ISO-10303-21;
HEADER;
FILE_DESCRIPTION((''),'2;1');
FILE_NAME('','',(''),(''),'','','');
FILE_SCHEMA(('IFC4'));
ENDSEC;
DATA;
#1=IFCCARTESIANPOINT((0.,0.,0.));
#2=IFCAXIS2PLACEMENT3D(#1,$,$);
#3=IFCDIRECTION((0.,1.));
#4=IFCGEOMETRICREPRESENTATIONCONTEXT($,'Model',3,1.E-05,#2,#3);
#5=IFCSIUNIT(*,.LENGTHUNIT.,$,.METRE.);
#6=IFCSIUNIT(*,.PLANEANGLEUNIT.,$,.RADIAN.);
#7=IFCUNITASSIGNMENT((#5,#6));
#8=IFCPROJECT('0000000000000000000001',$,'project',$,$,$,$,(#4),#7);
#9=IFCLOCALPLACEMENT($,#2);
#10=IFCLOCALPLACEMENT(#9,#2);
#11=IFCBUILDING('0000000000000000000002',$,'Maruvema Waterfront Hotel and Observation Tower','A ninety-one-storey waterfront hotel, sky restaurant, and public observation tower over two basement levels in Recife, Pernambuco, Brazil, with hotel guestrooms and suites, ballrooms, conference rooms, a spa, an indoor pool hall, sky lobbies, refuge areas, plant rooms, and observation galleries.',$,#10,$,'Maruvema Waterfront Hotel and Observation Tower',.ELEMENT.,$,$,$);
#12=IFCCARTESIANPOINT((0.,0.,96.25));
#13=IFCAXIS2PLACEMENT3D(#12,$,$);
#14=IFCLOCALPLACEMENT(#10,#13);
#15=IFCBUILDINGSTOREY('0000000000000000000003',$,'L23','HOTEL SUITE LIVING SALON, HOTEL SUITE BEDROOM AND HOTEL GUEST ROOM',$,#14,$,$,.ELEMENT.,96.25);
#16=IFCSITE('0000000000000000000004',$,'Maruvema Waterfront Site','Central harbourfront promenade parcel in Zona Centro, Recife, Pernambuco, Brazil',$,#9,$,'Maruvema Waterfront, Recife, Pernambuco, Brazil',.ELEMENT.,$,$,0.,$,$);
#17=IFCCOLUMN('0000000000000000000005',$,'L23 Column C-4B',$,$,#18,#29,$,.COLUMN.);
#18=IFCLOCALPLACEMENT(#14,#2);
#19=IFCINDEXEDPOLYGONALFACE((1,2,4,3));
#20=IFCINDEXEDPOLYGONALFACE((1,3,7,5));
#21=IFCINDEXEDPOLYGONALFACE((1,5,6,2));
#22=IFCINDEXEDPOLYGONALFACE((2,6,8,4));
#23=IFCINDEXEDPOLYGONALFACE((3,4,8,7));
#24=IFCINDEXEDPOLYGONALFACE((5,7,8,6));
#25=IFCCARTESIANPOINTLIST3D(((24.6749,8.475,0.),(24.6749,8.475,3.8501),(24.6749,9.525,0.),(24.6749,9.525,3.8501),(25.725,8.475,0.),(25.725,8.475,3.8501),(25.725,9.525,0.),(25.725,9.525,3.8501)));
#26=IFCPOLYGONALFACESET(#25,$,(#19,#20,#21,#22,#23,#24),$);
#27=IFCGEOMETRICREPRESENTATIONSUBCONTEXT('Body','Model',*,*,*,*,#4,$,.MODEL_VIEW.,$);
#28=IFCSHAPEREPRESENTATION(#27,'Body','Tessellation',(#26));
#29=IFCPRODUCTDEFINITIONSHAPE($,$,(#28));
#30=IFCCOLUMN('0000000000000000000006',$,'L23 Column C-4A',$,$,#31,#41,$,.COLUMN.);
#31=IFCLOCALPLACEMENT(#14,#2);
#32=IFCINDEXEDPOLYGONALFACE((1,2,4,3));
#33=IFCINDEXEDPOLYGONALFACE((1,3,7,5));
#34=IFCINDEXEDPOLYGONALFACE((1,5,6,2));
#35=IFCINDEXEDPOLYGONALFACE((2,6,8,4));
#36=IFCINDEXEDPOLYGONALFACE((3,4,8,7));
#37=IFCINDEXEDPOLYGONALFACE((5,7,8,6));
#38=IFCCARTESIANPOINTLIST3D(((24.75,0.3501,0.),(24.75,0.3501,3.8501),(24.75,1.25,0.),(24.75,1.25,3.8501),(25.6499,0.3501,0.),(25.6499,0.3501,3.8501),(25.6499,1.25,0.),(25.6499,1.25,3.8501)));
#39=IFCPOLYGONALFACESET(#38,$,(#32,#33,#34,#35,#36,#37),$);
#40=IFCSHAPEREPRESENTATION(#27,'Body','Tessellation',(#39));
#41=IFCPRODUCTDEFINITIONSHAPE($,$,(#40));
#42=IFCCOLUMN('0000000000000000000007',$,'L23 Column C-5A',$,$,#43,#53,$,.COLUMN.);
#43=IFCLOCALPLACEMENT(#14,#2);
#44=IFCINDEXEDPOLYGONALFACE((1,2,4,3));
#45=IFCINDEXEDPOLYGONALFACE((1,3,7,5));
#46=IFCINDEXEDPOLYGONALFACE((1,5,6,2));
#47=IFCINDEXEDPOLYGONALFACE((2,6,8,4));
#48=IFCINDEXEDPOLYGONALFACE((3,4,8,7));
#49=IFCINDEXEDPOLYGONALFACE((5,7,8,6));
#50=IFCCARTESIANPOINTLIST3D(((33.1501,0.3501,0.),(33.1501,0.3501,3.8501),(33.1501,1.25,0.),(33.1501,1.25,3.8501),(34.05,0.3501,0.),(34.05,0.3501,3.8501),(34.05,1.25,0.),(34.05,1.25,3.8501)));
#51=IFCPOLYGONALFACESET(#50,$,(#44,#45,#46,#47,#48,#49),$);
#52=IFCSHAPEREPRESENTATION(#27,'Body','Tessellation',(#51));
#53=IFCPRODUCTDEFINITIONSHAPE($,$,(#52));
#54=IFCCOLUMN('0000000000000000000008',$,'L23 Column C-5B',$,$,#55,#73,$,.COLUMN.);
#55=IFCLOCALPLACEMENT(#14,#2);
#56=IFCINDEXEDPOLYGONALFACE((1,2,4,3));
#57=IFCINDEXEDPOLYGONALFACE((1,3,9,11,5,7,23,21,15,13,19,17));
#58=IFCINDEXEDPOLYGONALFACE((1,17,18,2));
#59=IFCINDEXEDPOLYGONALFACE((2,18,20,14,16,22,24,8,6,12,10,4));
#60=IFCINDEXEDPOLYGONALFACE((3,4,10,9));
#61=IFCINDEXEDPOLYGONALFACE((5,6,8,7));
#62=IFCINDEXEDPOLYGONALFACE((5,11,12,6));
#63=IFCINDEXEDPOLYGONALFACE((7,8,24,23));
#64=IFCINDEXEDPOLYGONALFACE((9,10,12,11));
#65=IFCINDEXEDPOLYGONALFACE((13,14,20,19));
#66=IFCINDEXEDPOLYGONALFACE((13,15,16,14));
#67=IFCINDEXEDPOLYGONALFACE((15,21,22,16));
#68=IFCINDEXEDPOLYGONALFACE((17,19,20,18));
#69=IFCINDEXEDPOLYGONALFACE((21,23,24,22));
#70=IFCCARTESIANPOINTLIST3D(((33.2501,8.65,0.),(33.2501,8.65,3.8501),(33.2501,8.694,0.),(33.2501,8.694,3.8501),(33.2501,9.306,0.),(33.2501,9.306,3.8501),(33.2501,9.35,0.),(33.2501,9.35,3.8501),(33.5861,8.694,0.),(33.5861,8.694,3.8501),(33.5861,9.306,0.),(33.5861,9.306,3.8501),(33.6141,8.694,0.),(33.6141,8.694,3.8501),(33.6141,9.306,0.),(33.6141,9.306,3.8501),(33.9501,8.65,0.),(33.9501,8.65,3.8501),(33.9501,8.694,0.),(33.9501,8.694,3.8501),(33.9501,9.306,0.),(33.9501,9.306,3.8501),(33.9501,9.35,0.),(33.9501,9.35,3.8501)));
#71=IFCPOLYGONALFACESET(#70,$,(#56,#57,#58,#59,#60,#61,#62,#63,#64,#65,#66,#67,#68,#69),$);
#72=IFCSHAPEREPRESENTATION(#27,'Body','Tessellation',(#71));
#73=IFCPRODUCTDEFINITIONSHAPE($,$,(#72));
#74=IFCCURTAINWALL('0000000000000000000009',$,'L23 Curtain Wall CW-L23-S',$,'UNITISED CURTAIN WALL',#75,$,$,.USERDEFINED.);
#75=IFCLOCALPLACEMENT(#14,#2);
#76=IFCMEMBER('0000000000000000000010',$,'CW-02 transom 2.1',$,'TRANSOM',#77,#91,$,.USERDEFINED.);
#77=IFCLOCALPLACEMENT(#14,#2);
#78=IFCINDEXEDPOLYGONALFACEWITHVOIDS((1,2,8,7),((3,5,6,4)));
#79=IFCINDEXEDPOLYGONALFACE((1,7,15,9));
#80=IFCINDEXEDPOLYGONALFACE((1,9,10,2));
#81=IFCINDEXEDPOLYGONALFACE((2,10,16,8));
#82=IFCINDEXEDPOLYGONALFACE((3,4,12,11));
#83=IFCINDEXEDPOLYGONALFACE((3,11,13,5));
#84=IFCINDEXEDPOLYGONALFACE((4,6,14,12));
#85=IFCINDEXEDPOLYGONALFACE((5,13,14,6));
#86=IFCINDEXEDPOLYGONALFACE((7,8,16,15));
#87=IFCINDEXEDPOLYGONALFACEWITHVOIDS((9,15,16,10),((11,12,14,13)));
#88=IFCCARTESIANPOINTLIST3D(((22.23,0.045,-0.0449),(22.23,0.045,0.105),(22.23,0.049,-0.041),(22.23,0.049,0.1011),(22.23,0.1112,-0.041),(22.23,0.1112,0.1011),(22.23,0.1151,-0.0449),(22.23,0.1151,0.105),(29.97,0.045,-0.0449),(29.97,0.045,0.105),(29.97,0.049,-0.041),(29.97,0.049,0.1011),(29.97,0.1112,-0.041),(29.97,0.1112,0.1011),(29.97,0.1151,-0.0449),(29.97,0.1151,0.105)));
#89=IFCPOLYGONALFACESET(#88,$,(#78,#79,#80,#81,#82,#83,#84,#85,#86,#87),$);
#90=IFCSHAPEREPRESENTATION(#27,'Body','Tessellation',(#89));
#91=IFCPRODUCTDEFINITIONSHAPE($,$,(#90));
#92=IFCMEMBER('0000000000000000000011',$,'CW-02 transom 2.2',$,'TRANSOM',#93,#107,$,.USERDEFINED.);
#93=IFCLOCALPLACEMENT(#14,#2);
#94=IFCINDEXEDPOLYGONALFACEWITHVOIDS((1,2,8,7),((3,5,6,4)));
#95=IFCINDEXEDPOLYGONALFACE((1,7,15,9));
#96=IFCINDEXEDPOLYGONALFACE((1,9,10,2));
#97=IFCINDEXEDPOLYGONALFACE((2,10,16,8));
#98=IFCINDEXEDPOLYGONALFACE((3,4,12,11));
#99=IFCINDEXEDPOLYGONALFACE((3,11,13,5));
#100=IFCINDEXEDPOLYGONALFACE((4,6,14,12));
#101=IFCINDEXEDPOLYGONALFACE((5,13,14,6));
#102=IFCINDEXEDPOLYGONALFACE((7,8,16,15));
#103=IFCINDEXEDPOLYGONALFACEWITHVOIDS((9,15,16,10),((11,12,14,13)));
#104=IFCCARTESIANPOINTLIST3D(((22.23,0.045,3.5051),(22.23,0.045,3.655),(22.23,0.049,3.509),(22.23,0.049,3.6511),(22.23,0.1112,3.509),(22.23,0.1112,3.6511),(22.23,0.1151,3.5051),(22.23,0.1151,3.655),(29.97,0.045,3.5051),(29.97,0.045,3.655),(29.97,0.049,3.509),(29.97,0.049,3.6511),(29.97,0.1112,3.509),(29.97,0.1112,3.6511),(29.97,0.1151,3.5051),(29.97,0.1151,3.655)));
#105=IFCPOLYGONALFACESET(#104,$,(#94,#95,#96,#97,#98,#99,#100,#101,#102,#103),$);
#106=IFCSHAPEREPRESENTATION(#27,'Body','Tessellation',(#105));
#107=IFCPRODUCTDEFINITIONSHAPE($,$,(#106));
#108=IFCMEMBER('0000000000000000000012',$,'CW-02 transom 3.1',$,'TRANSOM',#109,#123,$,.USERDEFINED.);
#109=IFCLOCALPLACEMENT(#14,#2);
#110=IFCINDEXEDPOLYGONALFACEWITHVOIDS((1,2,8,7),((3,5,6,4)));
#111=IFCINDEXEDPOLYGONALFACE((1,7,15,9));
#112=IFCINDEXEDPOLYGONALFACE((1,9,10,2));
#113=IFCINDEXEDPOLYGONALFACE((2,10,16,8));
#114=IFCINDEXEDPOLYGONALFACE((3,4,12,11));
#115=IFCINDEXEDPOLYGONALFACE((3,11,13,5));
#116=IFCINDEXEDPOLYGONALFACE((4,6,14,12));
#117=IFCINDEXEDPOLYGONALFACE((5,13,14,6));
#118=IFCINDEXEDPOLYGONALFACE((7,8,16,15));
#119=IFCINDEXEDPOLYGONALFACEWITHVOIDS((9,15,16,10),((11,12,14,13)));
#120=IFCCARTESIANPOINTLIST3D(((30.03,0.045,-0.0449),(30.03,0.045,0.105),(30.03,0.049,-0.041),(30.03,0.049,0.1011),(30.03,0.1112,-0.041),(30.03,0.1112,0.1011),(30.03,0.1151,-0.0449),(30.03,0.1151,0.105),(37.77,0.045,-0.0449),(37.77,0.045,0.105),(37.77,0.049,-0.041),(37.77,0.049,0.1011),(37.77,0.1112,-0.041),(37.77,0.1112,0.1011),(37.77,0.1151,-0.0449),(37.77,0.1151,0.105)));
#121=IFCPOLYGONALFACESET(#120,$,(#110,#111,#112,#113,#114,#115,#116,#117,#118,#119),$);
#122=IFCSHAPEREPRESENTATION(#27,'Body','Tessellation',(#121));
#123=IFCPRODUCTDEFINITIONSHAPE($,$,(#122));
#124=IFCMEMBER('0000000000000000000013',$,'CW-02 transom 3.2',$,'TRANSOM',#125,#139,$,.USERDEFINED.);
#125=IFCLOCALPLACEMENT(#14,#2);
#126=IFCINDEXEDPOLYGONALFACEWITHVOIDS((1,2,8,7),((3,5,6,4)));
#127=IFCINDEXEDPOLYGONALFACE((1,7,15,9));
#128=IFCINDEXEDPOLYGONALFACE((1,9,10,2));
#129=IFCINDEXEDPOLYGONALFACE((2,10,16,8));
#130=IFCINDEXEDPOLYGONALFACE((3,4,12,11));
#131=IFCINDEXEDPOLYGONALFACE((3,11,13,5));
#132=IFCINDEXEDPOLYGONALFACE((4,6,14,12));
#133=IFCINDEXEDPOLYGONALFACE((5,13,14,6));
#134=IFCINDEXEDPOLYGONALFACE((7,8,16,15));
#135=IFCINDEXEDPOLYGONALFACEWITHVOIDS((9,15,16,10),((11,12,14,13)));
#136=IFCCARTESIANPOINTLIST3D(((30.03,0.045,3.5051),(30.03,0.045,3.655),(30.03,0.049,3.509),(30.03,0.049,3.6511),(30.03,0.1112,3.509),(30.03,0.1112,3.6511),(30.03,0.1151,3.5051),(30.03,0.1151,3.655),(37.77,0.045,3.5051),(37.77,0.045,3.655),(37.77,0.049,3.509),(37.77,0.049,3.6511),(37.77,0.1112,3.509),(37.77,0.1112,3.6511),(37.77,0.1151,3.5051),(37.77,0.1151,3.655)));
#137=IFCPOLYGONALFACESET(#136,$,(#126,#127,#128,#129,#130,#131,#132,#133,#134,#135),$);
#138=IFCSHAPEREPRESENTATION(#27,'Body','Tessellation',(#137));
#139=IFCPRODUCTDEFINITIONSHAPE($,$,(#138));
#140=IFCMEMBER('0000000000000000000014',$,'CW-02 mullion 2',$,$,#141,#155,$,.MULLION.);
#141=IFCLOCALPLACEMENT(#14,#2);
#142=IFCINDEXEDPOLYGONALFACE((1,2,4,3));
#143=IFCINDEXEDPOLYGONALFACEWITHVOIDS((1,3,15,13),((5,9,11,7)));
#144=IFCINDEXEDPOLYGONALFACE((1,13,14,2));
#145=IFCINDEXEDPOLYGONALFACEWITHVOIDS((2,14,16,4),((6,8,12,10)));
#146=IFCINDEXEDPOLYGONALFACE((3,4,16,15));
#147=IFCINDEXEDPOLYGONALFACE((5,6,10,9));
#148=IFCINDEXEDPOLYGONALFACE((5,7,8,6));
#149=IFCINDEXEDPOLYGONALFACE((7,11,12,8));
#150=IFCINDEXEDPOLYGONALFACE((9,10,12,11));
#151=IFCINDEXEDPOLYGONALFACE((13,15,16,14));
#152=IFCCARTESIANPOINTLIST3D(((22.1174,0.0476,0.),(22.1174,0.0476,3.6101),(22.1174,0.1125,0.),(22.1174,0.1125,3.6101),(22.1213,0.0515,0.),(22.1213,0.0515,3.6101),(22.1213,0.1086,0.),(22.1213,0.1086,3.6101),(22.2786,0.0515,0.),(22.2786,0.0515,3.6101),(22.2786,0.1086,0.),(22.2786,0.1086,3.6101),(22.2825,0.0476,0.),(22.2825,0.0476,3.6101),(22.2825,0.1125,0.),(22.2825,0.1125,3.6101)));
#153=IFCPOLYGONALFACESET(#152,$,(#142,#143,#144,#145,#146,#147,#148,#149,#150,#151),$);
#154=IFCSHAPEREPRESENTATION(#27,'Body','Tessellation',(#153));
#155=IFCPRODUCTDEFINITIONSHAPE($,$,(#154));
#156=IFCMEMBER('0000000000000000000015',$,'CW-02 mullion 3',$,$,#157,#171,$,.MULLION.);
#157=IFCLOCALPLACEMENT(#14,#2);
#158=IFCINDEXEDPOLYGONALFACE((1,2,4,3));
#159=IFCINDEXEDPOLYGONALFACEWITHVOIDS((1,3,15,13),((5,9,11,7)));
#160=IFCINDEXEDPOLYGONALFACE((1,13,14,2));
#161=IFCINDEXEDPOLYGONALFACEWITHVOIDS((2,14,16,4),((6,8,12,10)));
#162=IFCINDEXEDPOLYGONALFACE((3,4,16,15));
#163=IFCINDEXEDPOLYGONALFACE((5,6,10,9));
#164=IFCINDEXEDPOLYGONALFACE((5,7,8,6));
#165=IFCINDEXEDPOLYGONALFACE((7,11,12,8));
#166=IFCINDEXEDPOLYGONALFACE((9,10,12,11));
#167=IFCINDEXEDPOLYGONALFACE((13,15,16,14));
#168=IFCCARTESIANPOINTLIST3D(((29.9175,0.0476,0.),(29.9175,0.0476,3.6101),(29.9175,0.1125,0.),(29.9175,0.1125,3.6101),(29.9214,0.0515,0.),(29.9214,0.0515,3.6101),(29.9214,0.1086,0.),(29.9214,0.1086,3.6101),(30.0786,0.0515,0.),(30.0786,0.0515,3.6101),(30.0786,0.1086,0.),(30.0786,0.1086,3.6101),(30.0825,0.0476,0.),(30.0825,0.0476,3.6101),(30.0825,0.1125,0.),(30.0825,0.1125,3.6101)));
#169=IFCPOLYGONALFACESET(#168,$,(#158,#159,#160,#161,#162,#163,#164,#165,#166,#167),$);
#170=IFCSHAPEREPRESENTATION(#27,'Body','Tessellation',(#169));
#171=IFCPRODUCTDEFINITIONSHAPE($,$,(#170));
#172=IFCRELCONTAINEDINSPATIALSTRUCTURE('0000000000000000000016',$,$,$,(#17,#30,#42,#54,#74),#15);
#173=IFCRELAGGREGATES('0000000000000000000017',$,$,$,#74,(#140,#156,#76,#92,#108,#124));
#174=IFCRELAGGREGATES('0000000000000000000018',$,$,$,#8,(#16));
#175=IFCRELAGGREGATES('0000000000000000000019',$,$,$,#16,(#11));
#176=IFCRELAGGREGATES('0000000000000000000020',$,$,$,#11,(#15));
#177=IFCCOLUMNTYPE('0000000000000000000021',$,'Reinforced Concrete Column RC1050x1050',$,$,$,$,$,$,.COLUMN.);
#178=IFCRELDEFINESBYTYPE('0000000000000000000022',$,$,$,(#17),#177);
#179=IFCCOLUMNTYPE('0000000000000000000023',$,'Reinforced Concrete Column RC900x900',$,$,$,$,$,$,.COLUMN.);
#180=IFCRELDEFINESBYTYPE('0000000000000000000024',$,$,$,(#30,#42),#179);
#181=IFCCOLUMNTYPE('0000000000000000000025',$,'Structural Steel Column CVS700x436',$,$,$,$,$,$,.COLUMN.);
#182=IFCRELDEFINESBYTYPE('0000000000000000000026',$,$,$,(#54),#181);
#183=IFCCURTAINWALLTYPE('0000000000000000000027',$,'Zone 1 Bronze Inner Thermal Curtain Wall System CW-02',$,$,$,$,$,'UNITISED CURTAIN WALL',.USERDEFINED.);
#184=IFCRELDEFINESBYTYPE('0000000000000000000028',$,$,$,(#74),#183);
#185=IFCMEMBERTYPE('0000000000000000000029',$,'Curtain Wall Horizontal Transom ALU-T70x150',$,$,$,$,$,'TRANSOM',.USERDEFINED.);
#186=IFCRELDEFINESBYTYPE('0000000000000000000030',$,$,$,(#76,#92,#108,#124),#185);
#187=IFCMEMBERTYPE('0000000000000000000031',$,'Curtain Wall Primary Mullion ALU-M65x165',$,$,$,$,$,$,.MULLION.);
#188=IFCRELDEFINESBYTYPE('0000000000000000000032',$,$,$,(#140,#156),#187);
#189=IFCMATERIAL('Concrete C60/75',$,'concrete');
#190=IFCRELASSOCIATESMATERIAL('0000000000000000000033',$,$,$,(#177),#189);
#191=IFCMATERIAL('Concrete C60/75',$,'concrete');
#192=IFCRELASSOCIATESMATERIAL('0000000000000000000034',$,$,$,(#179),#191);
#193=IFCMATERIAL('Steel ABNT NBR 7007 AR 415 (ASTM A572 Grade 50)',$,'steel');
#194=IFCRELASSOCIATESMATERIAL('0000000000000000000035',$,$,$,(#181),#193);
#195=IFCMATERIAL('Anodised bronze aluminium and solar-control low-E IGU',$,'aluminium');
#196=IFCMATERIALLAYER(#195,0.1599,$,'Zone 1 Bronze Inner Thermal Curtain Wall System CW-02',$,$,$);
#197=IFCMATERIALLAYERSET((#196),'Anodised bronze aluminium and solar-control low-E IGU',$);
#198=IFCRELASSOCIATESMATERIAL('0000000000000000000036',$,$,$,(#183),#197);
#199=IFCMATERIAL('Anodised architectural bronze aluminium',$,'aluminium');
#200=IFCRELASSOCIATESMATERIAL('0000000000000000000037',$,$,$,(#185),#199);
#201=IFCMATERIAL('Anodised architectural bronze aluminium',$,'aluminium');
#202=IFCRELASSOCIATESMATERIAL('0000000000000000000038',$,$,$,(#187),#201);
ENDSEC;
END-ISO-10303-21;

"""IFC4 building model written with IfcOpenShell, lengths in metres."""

from ifc_helpers import new_model, si_unit, direction, frame, origin, origin_2d, place, context, subcontext, project, spatial, rectangle, hollow_rectangle, i_section, extrude, material, layer, layer_set, material_profile, profile_set, type_object, element, aggregate, save


model = new_model("IFC4")

# Units and contexts
model_context = context("Model", 3, precision=1e-05, world=origin(), true_north=direction((0.0, 1.0)))
body_context = subcontext(model_context, "Body", "Model", "MODEL_VIEW")
ifc_project = project(units=[si_unit("LENGTHUNIT", "METRE"), si_unit("PLANEANGLEUNIT", "RADIAN")], contexts=[model_context])

# Site, building, storey
site_placement = place(None, origin())
site = spatial("IfcSite", under=ifc_project, at=site_placement, Name="Maruvema Waterfront Site", Description="Central harbourfront promenade parcel in Zona Centro, Recife, Pernambuco, Brazil", LongName="Maruvema Waterfront, Recife, Pernambuco, Brazil", CompositionType="ELEMENT", RefElevation=0.0)
building_placement = place(site_placement, origin())
building = spatial("IfcBuilding", under=site, at=building_placement, Name="Maruvema Waterfront Hotel and Observation Tower", Description="A ninety-one-storey waterfront hotel, sky restaurant, and public observation tower over two basement levels in Recife, Pernambuco, Brazil, with hotel guestrooms and suites, ballrooms, conference rooms, a spa, an indoor pool hall, sky lobbies, refuge areas, plant rooms, and observation galleries.", LongName="Maruvema Waterfront Hotel and Observation Tower", CompositionType="ELEMENT")
storey_placement = place(building_placement, frame((0.0, 0.0, 96.25)))
storey = spatial("IfcBuildingStorey", under=building, at=storey_placement, Name="L23", Description="HOTEL SUITE LIVING SALON, HOTEL SUITE BEDROOM AND HOTEL GUEST ROOM", CompositionType="ELEMENT", Elevation=96.25)

# Columns
ifc_material_1 = material(Name="Concrete C60/75", Category="concrete")
ifc_material_profile_1 = material_profile(ifc_material_1, rectangle(XDim=1.05, YDim=1.05, at=origin_2d()), Name="RC1050x1050")
ifc_profile_set_1 = profile_set([ifc_material_profile_1], Name="Concrete C60/75")
column_type_1 = type_object("IfcColumnType", Name="Reinforced Concrete Column RC1050x1050", PredefinedType="COLUMN", material=ifc_profile_set_1)
column_1_placement = place(storey_placement, frame((25.2, 9.0, 0.0), z_axis=(0.0, 0.0, 1.0), x_axis=(1.0, 0.0, 0.0)))
element("IfcColumn", 1, at=column_1_placement, inside=storey, type_object=column_type_1, Name="L23 Column C-4B", PredefinedType="COLUMN", context=body_context, shape_type="SweptSolid", body=[
    extrude(rectangle(XDim=1.05, YDim=1.05, at=origin_2d()), origin(), (0.0, 0.0, 1.0), 3.8501),
])
ifc_material_2 = material(Name="Concrete C60/75", Category="concrete")
ifc_material_profile_2 = material_profile(ifc_material_2, rectangle(XDim=0.8999, YDim=0.8999, at=origin_2d()), Name="RC900x900")
ifc_profile_set_2 = profile_set([ifc_material_profile_2], Name="Concrete C60/75")
column_type_2 = type_object("IfcColumnType", Name="Reinforced Concrete Column RC900x900", PredefinedType="COLUMN", material=ifc_profile_set_2)
for number, where, z_axis, x_axis, name in (
    (2, (25.2, 0.8, 0.0), (0.0, 0.0, 1.0), (1.0, 0.0, 0.0), "L23 Column C-4A"),
    (3, (33.6001, 0.8, 0.0), (0.0, 0.0, 1.0), (1.0, 0.0, 0.0), "L23 Column C-5A"),
):
    element("IfcColumn", number, at=place(storey_placement, frame(where, z_axis=z_axis, x_axis=x_axis)), inside=storey, type_object=column_type_2, Name=name, PredefinedType="COLUMN", context=body_context, shape_type="SweptSolid", body=[
        extrude(rectangle(XDim=0.8999, YDim=0.8999, at=origin_2d()), origin(), (0.0, 0.0, 1.0), 3.8501),
    ])
ifc_material_3 = material(Name="Steel ABNT NBR 7007 AR 415 (ASTM A572 Grade 50)", Category="steel")
ifc_material_profile_3 = material_profile(ifc_material_3, i_section(OverallWidth=0.7, OverallDepth=0.7, WebThickness=0.0281, FlangeThickness=0.0439, at=origin_2d()), Name="CVS700x436")
ifc_profile_set_3 = profile_set([ifc_material_profile_3], Name="Steel ABNT NBR 7007 AR 415 (ASTM A572 Grade 50)")
column_type_3 = type_object("IfcColumnType", Name="Structural Steel Column CVS700x436", PredefinedType="COLUMN", material=ifc_profile_set_3)
column_2_placement = place(storey_placement, frame((33.6001, 9.0, 0.0), z_axis=(0.0, 0.0, 1.0), x_axis=(1.0, 0.0, 0.0)))
element("IfcColumn", 4, at=column_2_placement, inside=storey, type_object=column_type_3, Name="L23 Column C-5B", PredefinedType="COLUMN", context=body_context, shape_type="SweptSolid", body=[
    extrude(i_section(OverallWidth=0.7, OverallDepth=0.7, WebThickness=0.0281, FlangeThickness=0.0439, at=origin_2d()), origin(), (0.0, 0.0, 1.0), 3.8501),
])

# Curtain wall, members
ifc_material_4 = material(Name="Anodised bronze aluminium and solar-control low-E IGU", Category="aluminium")
ifc_layer_1 = layer(ifc_material_4, 0.1599, Name="Zone 1 Bronze Inner Thermal Curtain Wall System CW-02")
ifc_layer_set_1 = layer_set([ifc_layer_1], Name="Anodised bronze aluminium and solar-control low-E IGU")
curtain_wall_type = type_object("IfcCurtainWallType", Name="Zone 1 Bronze Inner Thermal Curtain Wall System CW-02", ElementType="UNITISED CURTAIN WALL", PredefinedType="USERDEFINED", material=ifc_layer_set_1)
curtain_wall_placement = place(storey_placement, origin())
curtain_wall = element("IfcCurtainWall", 5, at=curtain_wall_placement, inside=storey, type_object=curtain_wall_type, Name="L23 Curtain Wall CW-L23-S", ObjectType="UNITISED CURTAIN WALL", PredefinedType="USERDEFINED")
ifc_material_5 = material(Name="Anodised architectural bronze aluminium", Category="aluminium")
ifc_material_profile_4 = material_profile(ifc_material_5, hollow_rectangle(XDim=0.0701, YDim=0.1499, WallThickness=0.0039, at=origin_2d()), Name="ALU-T70x150")
ifc_profile_set_4 = profile_set([ifc_material_profile_4], Name="Anodised architectural bronze aluminium")
member_type_1 = type_object("IfcMemberType", Name="Curtain Wall Horizontal Transom ALU-T70x150", ElementType="TRANSOM", PredefinedType="USERDEFINED", material=ifc_profile_set_4)
member_1_placement = place(storey_placement, frame((22.23, 0.0801, 0.03), z_axis=(1.0, 0.0, 0.0), x_axis=(0.0, 1.0, 0.0)))
member_1 = element("IfcMember", 6, at=member_1_placement, type_object=member_type_1, Name="CW-02 transom 2.1", ObjectType="TRANSOM", PredefinedType="USERDEFINED", context=body_context, shape_type="SweptSolid", body=[
    extrude(hollow_rectangle(XDim=0.0701, YDim=0.1499, WallThickness=0.0039, at=origin_2d()), origin(), (0.0, 0.0, 1.0), 7.74),
])
member_2_placement = place(storey_placement, frame((22.23, 0.0801, 3.5801), z_axis=(1.0, 0.0, 0.0), x_axis=(0.0, 1.0, 0.0)))
member_2 = element("IfcMember", 7, at=member_2_placement, type_object=member_type_1, Name="CW-02 transom 2.2", ObjectType="TRANSOM", PredefinedType="USERDEFINED", context=body_context, shape_type="SweptSolid", body=[
    extrude(hollow_rectangle(XDim=0.0701, YDim=0.1499, WallThickness=0.0039, at=origin_2d()), origin(), (0.0, 0.0, 1.0), 7.74),
])
member_3_placement = place(storey_placement, frame((30.03, 0.0801, 0.03), z_axis=(1.0, 0.0, 0.0), x_axis=(0.0, 1.0, 0.0)))
member_3 = element("IfcMember", 8, at=member_3_placement, type_object=member_type_1, Name="CW-02 transom 3.1", ObjectType="TRANSOM", PredefinedType="USERDEFINED", context=body_context, shape_type="SweptSolid", body=[
    extrude(hollow_rectangle(XDim=0.0701, YDim=0.1499, WallThickness=0.0039, at=origin_2d()), origin(), (0.0, 0.0, 1.0), 7.74),
])
member_4_placement = place(storey_placement, frame((30.03, 0.0801, 3.5801), z_axis=(1.0, 0.0, 0.0), x_axis=(0.0, 1.0, 0.0)))
member_4 = element("IfcMember", 9, at=member_4_placement, type_object=member_type_1, Name="CW-02 transom 3.2", ObjectType="TRANSOM", PredefinedType="USERDEFINED", context=body_context, shape_type="SweptSolid", body=[
    extrude(hollow_rectangle(XDim=0.0701, YDim=0.1499, WallThickness=0.0039, at=origin_2d()), origin(), (0.0, 0.0, 1.0), 7.74),
])
ifc_material_6 = material(Name="Anodised architectural bronze aluminium", Category="aluminium")
ifc_material_profile_5 = material_profile(ifc_material_6, hollow_rectangle(XDim=0.0649, YDim=0.165, WallThickness=0.0039, at=origin_2d()), Name="ALU-M65x165")
ifc_profile_set_5 = profile_set([ifc_material_profile_5], Name="Anodised architectural bronze aluminium")
member_type_2 = type_object("IfcMemberType", Name="Curtain Wall Primary Mullion ALU-M65x165", PredefinedType="MULLION", material=ifc_profile_set_5)
member_5_placement = place(storey_placement, frame((22.2, 0.0801, 0.0), z_axis=(0.0, 0.0, 1.0), x_axis=(0.0, 1.0, 0.0)))
member_5 = element("IfcMember", 10, at=member_5_placement, type_object=member_type_2, Name="CW-02 mullion 2", PredefinedType="MULLION", context=body_context, shape_type="SweptSolid", body=[
    extrude(hollow_rectangle(XDim=0.0649, YDim=0.165, WallThickness=0.0039, at=origin_2d()), origin(), (0.0, 0.0, 1.0), 3.6101),
])
member_6_placement = place(storey_placement, frame((30.0, 0.0801, 0.0), z_axis=(0.0, 0.0, 1.0), x_axis=(0.0, 1.0, 0.0)))
member_6 = element("IfcMember", 11, at=member_6_placement, type_object=member_type_2, Name="CW-02 mullion 3", PredefinedType="MULLION", context=body_context, shape_type="SweptSolid", body=[
    extrude(hollow_rectangle(XDim=0.0649, YDim=0.165, WallThickness=0.0039, at=origin_2d()), origin(), (0.0, 0.0, 1.0), 3.6101),
])

aggregate(curtain_wall, [member_5, member_6, member_1, member_2, member_3, member_4])

save(model, "model.ifc")
